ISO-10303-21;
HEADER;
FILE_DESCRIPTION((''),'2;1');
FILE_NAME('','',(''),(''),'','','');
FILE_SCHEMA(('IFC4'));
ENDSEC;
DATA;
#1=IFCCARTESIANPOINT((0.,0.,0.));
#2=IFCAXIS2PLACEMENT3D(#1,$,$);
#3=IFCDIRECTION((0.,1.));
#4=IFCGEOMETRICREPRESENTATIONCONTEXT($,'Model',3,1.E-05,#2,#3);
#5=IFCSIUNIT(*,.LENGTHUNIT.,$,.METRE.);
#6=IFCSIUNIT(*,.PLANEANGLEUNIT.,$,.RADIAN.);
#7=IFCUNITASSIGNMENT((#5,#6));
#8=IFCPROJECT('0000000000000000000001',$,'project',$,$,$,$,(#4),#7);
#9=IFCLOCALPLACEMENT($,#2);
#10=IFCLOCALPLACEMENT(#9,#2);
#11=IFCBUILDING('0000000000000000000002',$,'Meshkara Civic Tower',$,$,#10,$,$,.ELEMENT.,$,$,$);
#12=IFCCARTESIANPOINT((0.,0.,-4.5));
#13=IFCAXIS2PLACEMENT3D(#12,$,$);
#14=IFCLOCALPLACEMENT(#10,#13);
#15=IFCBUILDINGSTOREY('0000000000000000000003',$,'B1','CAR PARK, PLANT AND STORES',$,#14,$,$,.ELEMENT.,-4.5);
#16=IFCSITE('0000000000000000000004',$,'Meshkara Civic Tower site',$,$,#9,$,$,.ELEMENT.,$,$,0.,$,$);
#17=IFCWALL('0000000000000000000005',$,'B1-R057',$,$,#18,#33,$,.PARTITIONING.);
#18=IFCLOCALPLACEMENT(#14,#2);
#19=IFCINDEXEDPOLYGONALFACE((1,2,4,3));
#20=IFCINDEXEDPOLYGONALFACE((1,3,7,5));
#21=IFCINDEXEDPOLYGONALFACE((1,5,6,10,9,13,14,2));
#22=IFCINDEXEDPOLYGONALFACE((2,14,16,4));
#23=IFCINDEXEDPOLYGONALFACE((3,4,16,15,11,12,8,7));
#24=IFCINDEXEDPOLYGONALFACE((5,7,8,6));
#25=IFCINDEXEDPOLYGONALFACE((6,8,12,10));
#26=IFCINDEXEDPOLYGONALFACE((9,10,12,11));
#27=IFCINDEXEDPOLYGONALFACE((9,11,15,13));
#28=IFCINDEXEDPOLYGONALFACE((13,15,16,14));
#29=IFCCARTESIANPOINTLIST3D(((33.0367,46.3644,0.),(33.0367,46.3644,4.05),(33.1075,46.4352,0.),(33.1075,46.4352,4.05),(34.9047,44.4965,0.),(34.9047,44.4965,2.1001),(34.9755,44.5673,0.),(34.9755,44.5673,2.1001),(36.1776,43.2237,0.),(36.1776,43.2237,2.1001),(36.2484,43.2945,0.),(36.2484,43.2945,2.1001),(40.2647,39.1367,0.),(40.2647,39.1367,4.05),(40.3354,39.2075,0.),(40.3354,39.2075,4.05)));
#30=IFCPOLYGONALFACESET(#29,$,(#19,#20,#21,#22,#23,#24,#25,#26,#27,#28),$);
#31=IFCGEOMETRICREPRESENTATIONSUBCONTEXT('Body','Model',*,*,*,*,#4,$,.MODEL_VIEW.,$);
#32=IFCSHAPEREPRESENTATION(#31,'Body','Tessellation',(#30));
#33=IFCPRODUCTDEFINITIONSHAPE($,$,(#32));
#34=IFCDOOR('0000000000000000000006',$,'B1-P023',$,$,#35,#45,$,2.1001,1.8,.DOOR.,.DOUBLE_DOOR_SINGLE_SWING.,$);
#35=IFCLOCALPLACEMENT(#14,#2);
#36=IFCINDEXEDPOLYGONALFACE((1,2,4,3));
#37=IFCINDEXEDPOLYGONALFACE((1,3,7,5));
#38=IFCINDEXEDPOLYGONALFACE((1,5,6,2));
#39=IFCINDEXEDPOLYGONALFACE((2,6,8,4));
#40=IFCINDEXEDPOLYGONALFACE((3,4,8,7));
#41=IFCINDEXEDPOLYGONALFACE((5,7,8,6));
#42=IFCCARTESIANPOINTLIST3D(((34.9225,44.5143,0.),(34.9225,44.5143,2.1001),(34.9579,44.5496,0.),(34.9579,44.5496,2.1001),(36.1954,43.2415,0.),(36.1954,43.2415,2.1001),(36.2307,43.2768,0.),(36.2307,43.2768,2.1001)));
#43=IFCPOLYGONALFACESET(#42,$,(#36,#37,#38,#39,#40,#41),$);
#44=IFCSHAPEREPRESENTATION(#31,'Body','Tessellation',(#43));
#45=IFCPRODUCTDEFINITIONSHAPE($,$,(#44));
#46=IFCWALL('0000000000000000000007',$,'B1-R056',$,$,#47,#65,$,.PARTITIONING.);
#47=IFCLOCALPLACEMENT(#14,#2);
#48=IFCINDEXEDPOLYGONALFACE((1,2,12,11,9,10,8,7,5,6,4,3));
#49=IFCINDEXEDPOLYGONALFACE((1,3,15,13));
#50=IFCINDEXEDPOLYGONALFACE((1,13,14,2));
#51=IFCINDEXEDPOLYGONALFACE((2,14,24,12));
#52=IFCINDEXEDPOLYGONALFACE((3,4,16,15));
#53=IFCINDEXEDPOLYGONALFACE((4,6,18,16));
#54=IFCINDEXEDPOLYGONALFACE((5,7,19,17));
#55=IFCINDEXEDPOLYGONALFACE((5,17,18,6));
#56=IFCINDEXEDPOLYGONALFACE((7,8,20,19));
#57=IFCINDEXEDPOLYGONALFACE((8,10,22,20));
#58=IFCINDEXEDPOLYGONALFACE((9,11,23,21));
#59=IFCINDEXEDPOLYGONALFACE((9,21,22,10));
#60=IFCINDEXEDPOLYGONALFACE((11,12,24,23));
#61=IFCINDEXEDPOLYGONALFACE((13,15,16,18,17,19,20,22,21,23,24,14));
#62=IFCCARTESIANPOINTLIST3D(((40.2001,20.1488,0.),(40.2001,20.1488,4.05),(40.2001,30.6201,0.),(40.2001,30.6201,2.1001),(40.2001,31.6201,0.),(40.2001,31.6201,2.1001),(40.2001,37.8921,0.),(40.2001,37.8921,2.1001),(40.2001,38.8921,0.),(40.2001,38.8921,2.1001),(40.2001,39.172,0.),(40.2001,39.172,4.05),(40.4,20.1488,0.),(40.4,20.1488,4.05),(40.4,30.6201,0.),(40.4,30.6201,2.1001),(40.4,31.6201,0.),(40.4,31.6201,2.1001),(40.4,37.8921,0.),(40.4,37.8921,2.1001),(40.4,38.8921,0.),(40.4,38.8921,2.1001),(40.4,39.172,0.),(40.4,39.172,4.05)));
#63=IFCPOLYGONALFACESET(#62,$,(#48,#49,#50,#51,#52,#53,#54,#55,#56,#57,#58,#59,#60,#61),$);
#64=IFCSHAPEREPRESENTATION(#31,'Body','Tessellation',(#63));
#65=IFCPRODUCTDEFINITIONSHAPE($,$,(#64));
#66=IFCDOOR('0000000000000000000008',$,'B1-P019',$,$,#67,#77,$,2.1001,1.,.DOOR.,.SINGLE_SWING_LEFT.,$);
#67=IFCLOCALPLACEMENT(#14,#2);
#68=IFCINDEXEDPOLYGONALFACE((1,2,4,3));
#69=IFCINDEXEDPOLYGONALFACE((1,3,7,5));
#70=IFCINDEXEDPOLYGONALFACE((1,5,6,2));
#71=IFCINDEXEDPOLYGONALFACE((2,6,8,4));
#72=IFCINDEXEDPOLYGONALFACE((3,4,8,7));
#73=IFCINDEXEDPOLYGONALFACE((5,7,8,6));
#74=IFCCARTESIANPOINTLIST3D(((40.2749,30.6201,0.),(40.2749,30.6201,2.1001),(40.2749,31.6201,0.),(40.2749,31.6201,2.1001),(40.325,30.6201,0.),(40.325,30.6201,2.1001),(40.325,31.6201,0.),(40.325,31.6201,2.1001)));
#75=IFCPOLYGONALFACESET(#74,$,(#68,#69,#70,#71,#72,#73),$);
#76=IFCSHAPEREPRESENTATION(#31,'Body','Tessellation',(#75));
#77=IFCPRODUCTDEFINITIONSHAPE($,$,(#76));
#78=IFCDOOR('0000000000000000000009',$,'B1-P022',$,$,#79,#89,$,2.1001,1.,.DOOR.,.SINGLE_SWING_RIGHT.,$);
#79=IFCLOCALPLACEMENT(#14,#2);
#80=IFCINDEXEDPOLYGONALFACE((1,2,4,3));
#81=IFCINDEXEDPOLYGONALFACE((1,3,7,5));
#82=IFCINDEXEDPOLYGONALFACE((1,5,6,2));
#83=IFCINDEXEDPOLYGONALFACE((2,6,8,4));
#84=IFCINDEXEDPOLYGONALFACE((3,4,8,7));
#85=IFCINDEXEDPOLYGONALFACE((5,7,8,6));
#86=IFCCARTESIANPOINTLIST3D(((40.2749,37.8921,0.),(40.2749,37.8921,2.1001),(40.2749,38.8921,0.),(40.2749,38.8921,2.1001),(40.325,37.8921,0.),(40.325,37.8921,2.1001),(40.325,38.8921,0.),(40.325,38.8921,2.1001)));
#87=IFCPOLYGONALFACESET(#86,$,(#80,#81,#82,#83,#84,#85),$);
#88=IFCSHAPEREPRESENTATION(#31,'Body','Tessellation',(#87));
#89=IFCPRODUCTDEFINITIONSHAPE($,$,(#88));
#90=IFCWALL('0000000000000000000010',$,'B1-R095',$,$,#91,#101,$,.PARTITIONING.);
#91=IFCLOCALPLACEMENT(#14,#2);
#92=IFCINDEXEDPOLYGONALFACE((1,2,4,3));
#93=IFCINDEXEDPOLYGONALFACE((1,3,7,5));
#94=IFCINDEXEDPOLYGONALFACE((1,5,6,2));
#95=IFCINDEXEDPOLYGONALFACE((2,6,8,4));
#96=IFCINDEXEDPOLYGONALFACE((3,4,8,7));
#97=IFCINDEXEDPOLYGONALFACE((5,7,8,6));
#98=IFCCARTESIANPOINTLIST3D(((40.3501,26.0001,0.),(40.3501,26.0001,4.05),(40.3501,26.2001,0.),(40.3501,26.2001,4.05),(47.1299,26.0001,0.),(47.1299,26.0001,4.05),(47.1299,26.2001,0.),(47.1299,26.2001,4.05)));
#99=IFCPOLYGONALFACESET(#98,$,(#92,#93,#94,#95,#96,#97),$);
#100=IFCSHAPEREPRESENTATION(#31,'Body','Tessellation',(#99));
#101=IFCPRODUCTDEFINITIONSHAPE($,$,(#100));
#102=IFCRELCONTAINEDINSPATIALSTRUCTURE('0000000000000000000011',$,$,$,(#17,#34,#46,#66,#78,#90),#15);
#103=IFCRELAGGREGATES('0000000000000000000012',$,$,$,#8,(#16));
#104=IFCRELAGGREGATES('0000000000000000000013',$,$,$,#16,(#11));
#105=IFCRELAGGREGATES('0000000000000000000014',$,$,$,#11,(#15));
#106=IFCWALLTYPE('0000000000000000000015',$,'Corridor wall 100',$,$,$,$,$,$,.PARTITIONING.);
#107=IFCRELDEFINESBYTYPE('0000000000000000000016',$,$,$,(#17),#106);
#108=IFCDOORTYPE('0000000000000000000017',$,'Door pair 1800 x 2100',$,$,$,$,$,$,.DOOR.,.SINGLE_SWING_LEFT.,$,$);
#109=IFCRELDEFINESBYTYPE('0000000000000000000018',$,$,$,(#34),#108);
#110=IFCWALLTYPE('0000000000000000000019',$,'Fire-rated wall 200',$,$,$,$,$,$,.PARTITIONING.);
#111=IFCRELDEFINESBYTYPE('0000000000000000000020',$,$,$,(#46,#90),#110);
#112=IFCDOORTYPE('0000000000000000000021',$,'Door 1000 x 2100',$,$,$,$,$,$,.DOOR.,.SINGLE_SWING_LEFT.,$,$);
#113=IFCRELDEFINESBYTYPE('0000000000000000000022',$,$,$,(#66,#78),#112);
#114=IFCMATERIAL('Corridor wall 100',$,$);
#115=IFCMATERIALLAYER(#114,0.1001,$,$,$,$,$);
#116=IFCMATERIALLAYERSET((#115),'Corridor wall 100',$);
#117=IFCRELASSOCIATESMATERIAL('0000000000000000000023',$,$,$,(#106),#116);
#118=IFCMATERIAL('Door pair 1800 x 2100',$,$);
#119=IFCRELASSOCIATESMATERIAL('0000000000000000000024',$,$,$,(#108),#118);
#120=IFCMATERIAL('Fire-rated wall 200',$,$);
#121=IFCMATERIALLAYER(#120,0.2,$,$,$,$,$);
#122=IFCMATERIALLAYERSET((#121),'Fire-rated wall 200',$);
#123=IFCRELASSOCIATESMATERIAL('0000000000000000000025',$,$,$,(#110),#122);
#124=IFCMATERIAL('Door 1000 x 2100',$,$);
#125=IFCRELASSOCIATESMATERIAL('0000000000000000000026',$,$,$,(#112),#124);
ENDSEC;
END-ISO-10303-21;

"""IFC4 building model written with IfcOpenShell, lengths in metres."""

from ifc_helpers import new_model, si_unit, direction, frame, frame_2d, origin, place, context, subcontext, project, spatial, rectangle, extrude, material, layer, layer_set, type_object, element, fill, save


model = new_model("IFC4")

# Units and contexts
model_context = context("Model", 3, precision=1e-05, world=origin(), true_north=direction((0.0, 1.0)))
body_context = subcontext(model_context, "Body", "Model", "MODEL_VIEW")
ifc_project = project(units=[si_unit("LENGTHUNIT", "METRE"), si_unit("PLANEANGLEUNIT", "RADIAN")], contexts=[model_context])

# Site, building, storey
site_placement = place(None, origin())
site = spatial("IfcSite", under=ifc_project, at=site_placement, Name="Meshkara Civic Tower site", CompositionType="ELEMENT", RefElevation=0.0)
building_placement = place(site_placement, origin())
building = spatial("IfcBuilding", under=site, at=building_placement, Name="Meshkara Civic Tower", CompositionType="ELEMENT")
storey_placement = place(building_placement, frame((0.0, 0.0, -4.5)))
storey = spatial("IfcBuildingStorey", under=building, at=storey_placement, Name="B1", Description="CAR PARK, PLANT AND STORES", CompositionType="ELEMENT", Elevation=-4.5)

# Wall, opening, door
ifc_material_1 = material(Name="Corridor wall 100")
ifc_layer_1 = layer(ifc_material_1, 0.1001)
ifc_layer_set_1 = layer_set([ifc_layer_1], Name="Corridor wall 100")
wall_type_1 = type_object("IfcWallType", Name="Corridor wall 100", PredefinedType="PARTITIONING", material=ifc_layer_set_1)
wall_1_placement = place(storey_placement, frame((40.3, 39.1721, 0.0), z_axis=(0.0, 0.0, 1.0), x_axis=(-0.707119, 0.707095, 0.0)))
wall_1 = element("IfcWall", 1, at=wall_1_placement, inside=storey, type_object=wall_type_1, Name="B1-R057", PredefinedType="PARTITIONING", context=body_context, shape_type="SweptSolid", body=[
    extrude(rectangle(XDim=10.2217, YDim=0.1001, at=frame_2d((5.1108, 0.0))), origin(), (0.0, 0.0, 1.0), 4.05),
])
opening_1_placement = place(wall_1_placement, frame((5.78, 0.0, 0.0)))
opening_1 = element("IfcOpeningElement", 2, at=opening_1_placement, cuts=wall_1, PredefinedType="OPENING", context=body_context, shape_type="SweptSolid", body=[
    extrude(rectangle(XDim=1.8, YDim=2.1001, at=frame_2d((0.8999, 1.05))), frame((0.0, 0.0601, 0.0), z_axis=(0.0, -1.0, 0.0), x_axis=(1.0, 0.0, 0.0)), (0.0, 0.0, 1.0), 0.1201),
])
ifc_material_2 = material(Name="Door pair 1800 x 2100")
door_type_1 = type_object("IfcDoorType", Name="Door pair 1800 x 2100", OperationType="SINGLE_SWING_LEFT", PredefinedType="DOOR", material=ifc_material_2)
door_1_placement = place(opening_1_placement, origin())
door_1 = element("IfcDoor", 3, at=door_1_placement, inside=storey, type_object=door_type_1, Name="B1-P023", OperationType="DOUBLE_DOOR_SINGLE_SWING", OverallHeight=2.1001, OverallWidth=1.8, PredefinedType="DOOR", context=body_context, shape_type="SweptSolid", body=[
    extrude(rectangle(XDim=1.8, YDim=2.1001, at=frame_2d((0.8999, 1.05))), frame((0.0, 0.0249, 0.0), z_axis=(0.0, -1.0, 0.0), x_axis=(1.0, 0.0, 0.0)), (0.0, 0.0, 1.0), 0.05),
])
fill(opening_1, door_1)

# Wall, openings, doors
ifc_material_3 = material(Name="Fire-rated wall 200")
ifc_layer_2 = layer(ifc_material_3, 0.2)
ifc_layer_set_2 = layer_set([ifc_layer_2], Name="Fire-rated wall 200")
wall_type_2 = type_object("IfcWallType", Name="Fire-rated wall 200", PredefinedType="PARTITIONING", material=ifc_layer_set_2)
wall_2_placement = place(storey_placement, frame((40.3, 39.1721, 0.0), z_axis=(0.0, 0.0, 1.0), x_axis=(0.0, -1.0, 0.0)))
wall_2 = element("IfcWall", 4, at=wall_2_placement, inside=storey, type_object=wall_type_2, Name="B1-R056", PredefinedType="PARTITIONING", context=body_context, shape_type="SweptSolid", body=[
    extrude(rectangle(XDim=19.0232, YDim=0.2, at=frame_2d((9.5117, 0.0))), origin(), (0.0, 0.0, 1.0), 4.05),
])
opening_2_placement = place(wall_2_placement, frame((7.552, 0.0, 0.0)))
opening_2 = element("IfcOpeningElement", 5, at=opening_2_placement, cuts=wall_2, PredefinedType="OPENING", context=body_context, shape_type="SweptSolid", body=[
    extrude(rectangle(XDim=1.0, YDim=2.1001, at=frame_2d((0.5, 1.05))), frame((0.0, 0.1099, 0.0), z_axis=(0.0, -1.0, 0.0), x_axis=(1.0, 0.0, 0.0)), (0.0, 0.0, 1.0), 0.22),
])
opening_3_placement = place(wall_2_placement, frame((0.28, 0.0, 0.0)))
opening_3 = element("IfcOpeningElement", 6, at=opening_3_placement, cuts=wall_2, PredefinedType="OPENING", context=body_context, shape_type="SweptSolid", body=[
    extrude(rectangle(XDim=1.0, YDim=2.1001, at=frame_2d((0.5, 1.05))), frame((0.0, 0.1099, 0.0), z_axis=(0.0, -1.0, 0.0), x_axis=(1.0, 0.0, 0.0)), (0.0, 0.0, 1.0), 0.22),
])
ifc_material_4 = material(Name="Door 1000 x 2100")
door_type_2 = type_object("IfcDoorType", Name="Door 1000 x 2100", OperationType="SINGLE_SWING_LEFT", PredefinedType="DOOR", material=ifc_material_4)
door_2_placement = place(opening_2_placement, origin())
door_2 = element("IfcDoor", 7, at=door_2_placement, inside=storey, type_object=door_type_2, Name="B1-P019", OperationType="SINGLE_SWING_LEFT", OverallHeight=2.1001, OverallWidth=1.0, PredefinedType="DOOR", context=body_context, shape_type="SweptSolid", body=[
    extrude(rectangle(XDim=1.0, YDim=2.1001, at=frame_2d((0.5, 1.05))), frame((0.0, 0.0249, 0.0), z_axis=(0.0, -1.0, 0.0), x_axis=(1.0, 0.0, 0.0)), (0.0, 0.0, 1.0), 0.05),
])
fill(opening_2, door_2)
door_3_placement = place(opening_3_placement, origin())
door_3 = element("IfcDoor", 8, at=door_3_placement, inside=storey, type_object=door_type_2, Name="B1-P022", OperationType="SINGLE_SWING_RIGHT", OverallHeight=2.1001, OverallWidth=1.0, PredefinedType="DOOR", context=body_context, shape_type="SweptSolid", body=[
    extrude(rectangle(XDim=1.0, YDim=2.1001, at=frame_2d((0.5, 1.05))), frame((0.0, 0.0249, 0.0), z_axis=(0.0, -1.0, 0.0), x_axis=(1.0, 0.0, 0.0)), (0.0, 0.0, 1.0), 0.05),
])
fill(opening_3, door_3)

# Wall
wall_3_placement = place(storey_placement, frame((47.1299, 26.1001, 0.0), z_axis=(0.0, 0.0, 1.0), x_axis=(-1.0, 0.0, 0.0)))
element("IfcWall", 9, at=wall_3_placement, inside=storey, type_object=wall_type_2, Name="B1-R095", PredefinedType="PARTITIONING", context=body_context, shape_type="SweptSolid", body=[
    extrude(rectangle(XDim=6.7798, YDim=0.2, at=frame_2d((3.3899, 0.0))), origin(), (0.0, 0.0, 1.0), 4.05),
])

save(model, "model.ifc")
